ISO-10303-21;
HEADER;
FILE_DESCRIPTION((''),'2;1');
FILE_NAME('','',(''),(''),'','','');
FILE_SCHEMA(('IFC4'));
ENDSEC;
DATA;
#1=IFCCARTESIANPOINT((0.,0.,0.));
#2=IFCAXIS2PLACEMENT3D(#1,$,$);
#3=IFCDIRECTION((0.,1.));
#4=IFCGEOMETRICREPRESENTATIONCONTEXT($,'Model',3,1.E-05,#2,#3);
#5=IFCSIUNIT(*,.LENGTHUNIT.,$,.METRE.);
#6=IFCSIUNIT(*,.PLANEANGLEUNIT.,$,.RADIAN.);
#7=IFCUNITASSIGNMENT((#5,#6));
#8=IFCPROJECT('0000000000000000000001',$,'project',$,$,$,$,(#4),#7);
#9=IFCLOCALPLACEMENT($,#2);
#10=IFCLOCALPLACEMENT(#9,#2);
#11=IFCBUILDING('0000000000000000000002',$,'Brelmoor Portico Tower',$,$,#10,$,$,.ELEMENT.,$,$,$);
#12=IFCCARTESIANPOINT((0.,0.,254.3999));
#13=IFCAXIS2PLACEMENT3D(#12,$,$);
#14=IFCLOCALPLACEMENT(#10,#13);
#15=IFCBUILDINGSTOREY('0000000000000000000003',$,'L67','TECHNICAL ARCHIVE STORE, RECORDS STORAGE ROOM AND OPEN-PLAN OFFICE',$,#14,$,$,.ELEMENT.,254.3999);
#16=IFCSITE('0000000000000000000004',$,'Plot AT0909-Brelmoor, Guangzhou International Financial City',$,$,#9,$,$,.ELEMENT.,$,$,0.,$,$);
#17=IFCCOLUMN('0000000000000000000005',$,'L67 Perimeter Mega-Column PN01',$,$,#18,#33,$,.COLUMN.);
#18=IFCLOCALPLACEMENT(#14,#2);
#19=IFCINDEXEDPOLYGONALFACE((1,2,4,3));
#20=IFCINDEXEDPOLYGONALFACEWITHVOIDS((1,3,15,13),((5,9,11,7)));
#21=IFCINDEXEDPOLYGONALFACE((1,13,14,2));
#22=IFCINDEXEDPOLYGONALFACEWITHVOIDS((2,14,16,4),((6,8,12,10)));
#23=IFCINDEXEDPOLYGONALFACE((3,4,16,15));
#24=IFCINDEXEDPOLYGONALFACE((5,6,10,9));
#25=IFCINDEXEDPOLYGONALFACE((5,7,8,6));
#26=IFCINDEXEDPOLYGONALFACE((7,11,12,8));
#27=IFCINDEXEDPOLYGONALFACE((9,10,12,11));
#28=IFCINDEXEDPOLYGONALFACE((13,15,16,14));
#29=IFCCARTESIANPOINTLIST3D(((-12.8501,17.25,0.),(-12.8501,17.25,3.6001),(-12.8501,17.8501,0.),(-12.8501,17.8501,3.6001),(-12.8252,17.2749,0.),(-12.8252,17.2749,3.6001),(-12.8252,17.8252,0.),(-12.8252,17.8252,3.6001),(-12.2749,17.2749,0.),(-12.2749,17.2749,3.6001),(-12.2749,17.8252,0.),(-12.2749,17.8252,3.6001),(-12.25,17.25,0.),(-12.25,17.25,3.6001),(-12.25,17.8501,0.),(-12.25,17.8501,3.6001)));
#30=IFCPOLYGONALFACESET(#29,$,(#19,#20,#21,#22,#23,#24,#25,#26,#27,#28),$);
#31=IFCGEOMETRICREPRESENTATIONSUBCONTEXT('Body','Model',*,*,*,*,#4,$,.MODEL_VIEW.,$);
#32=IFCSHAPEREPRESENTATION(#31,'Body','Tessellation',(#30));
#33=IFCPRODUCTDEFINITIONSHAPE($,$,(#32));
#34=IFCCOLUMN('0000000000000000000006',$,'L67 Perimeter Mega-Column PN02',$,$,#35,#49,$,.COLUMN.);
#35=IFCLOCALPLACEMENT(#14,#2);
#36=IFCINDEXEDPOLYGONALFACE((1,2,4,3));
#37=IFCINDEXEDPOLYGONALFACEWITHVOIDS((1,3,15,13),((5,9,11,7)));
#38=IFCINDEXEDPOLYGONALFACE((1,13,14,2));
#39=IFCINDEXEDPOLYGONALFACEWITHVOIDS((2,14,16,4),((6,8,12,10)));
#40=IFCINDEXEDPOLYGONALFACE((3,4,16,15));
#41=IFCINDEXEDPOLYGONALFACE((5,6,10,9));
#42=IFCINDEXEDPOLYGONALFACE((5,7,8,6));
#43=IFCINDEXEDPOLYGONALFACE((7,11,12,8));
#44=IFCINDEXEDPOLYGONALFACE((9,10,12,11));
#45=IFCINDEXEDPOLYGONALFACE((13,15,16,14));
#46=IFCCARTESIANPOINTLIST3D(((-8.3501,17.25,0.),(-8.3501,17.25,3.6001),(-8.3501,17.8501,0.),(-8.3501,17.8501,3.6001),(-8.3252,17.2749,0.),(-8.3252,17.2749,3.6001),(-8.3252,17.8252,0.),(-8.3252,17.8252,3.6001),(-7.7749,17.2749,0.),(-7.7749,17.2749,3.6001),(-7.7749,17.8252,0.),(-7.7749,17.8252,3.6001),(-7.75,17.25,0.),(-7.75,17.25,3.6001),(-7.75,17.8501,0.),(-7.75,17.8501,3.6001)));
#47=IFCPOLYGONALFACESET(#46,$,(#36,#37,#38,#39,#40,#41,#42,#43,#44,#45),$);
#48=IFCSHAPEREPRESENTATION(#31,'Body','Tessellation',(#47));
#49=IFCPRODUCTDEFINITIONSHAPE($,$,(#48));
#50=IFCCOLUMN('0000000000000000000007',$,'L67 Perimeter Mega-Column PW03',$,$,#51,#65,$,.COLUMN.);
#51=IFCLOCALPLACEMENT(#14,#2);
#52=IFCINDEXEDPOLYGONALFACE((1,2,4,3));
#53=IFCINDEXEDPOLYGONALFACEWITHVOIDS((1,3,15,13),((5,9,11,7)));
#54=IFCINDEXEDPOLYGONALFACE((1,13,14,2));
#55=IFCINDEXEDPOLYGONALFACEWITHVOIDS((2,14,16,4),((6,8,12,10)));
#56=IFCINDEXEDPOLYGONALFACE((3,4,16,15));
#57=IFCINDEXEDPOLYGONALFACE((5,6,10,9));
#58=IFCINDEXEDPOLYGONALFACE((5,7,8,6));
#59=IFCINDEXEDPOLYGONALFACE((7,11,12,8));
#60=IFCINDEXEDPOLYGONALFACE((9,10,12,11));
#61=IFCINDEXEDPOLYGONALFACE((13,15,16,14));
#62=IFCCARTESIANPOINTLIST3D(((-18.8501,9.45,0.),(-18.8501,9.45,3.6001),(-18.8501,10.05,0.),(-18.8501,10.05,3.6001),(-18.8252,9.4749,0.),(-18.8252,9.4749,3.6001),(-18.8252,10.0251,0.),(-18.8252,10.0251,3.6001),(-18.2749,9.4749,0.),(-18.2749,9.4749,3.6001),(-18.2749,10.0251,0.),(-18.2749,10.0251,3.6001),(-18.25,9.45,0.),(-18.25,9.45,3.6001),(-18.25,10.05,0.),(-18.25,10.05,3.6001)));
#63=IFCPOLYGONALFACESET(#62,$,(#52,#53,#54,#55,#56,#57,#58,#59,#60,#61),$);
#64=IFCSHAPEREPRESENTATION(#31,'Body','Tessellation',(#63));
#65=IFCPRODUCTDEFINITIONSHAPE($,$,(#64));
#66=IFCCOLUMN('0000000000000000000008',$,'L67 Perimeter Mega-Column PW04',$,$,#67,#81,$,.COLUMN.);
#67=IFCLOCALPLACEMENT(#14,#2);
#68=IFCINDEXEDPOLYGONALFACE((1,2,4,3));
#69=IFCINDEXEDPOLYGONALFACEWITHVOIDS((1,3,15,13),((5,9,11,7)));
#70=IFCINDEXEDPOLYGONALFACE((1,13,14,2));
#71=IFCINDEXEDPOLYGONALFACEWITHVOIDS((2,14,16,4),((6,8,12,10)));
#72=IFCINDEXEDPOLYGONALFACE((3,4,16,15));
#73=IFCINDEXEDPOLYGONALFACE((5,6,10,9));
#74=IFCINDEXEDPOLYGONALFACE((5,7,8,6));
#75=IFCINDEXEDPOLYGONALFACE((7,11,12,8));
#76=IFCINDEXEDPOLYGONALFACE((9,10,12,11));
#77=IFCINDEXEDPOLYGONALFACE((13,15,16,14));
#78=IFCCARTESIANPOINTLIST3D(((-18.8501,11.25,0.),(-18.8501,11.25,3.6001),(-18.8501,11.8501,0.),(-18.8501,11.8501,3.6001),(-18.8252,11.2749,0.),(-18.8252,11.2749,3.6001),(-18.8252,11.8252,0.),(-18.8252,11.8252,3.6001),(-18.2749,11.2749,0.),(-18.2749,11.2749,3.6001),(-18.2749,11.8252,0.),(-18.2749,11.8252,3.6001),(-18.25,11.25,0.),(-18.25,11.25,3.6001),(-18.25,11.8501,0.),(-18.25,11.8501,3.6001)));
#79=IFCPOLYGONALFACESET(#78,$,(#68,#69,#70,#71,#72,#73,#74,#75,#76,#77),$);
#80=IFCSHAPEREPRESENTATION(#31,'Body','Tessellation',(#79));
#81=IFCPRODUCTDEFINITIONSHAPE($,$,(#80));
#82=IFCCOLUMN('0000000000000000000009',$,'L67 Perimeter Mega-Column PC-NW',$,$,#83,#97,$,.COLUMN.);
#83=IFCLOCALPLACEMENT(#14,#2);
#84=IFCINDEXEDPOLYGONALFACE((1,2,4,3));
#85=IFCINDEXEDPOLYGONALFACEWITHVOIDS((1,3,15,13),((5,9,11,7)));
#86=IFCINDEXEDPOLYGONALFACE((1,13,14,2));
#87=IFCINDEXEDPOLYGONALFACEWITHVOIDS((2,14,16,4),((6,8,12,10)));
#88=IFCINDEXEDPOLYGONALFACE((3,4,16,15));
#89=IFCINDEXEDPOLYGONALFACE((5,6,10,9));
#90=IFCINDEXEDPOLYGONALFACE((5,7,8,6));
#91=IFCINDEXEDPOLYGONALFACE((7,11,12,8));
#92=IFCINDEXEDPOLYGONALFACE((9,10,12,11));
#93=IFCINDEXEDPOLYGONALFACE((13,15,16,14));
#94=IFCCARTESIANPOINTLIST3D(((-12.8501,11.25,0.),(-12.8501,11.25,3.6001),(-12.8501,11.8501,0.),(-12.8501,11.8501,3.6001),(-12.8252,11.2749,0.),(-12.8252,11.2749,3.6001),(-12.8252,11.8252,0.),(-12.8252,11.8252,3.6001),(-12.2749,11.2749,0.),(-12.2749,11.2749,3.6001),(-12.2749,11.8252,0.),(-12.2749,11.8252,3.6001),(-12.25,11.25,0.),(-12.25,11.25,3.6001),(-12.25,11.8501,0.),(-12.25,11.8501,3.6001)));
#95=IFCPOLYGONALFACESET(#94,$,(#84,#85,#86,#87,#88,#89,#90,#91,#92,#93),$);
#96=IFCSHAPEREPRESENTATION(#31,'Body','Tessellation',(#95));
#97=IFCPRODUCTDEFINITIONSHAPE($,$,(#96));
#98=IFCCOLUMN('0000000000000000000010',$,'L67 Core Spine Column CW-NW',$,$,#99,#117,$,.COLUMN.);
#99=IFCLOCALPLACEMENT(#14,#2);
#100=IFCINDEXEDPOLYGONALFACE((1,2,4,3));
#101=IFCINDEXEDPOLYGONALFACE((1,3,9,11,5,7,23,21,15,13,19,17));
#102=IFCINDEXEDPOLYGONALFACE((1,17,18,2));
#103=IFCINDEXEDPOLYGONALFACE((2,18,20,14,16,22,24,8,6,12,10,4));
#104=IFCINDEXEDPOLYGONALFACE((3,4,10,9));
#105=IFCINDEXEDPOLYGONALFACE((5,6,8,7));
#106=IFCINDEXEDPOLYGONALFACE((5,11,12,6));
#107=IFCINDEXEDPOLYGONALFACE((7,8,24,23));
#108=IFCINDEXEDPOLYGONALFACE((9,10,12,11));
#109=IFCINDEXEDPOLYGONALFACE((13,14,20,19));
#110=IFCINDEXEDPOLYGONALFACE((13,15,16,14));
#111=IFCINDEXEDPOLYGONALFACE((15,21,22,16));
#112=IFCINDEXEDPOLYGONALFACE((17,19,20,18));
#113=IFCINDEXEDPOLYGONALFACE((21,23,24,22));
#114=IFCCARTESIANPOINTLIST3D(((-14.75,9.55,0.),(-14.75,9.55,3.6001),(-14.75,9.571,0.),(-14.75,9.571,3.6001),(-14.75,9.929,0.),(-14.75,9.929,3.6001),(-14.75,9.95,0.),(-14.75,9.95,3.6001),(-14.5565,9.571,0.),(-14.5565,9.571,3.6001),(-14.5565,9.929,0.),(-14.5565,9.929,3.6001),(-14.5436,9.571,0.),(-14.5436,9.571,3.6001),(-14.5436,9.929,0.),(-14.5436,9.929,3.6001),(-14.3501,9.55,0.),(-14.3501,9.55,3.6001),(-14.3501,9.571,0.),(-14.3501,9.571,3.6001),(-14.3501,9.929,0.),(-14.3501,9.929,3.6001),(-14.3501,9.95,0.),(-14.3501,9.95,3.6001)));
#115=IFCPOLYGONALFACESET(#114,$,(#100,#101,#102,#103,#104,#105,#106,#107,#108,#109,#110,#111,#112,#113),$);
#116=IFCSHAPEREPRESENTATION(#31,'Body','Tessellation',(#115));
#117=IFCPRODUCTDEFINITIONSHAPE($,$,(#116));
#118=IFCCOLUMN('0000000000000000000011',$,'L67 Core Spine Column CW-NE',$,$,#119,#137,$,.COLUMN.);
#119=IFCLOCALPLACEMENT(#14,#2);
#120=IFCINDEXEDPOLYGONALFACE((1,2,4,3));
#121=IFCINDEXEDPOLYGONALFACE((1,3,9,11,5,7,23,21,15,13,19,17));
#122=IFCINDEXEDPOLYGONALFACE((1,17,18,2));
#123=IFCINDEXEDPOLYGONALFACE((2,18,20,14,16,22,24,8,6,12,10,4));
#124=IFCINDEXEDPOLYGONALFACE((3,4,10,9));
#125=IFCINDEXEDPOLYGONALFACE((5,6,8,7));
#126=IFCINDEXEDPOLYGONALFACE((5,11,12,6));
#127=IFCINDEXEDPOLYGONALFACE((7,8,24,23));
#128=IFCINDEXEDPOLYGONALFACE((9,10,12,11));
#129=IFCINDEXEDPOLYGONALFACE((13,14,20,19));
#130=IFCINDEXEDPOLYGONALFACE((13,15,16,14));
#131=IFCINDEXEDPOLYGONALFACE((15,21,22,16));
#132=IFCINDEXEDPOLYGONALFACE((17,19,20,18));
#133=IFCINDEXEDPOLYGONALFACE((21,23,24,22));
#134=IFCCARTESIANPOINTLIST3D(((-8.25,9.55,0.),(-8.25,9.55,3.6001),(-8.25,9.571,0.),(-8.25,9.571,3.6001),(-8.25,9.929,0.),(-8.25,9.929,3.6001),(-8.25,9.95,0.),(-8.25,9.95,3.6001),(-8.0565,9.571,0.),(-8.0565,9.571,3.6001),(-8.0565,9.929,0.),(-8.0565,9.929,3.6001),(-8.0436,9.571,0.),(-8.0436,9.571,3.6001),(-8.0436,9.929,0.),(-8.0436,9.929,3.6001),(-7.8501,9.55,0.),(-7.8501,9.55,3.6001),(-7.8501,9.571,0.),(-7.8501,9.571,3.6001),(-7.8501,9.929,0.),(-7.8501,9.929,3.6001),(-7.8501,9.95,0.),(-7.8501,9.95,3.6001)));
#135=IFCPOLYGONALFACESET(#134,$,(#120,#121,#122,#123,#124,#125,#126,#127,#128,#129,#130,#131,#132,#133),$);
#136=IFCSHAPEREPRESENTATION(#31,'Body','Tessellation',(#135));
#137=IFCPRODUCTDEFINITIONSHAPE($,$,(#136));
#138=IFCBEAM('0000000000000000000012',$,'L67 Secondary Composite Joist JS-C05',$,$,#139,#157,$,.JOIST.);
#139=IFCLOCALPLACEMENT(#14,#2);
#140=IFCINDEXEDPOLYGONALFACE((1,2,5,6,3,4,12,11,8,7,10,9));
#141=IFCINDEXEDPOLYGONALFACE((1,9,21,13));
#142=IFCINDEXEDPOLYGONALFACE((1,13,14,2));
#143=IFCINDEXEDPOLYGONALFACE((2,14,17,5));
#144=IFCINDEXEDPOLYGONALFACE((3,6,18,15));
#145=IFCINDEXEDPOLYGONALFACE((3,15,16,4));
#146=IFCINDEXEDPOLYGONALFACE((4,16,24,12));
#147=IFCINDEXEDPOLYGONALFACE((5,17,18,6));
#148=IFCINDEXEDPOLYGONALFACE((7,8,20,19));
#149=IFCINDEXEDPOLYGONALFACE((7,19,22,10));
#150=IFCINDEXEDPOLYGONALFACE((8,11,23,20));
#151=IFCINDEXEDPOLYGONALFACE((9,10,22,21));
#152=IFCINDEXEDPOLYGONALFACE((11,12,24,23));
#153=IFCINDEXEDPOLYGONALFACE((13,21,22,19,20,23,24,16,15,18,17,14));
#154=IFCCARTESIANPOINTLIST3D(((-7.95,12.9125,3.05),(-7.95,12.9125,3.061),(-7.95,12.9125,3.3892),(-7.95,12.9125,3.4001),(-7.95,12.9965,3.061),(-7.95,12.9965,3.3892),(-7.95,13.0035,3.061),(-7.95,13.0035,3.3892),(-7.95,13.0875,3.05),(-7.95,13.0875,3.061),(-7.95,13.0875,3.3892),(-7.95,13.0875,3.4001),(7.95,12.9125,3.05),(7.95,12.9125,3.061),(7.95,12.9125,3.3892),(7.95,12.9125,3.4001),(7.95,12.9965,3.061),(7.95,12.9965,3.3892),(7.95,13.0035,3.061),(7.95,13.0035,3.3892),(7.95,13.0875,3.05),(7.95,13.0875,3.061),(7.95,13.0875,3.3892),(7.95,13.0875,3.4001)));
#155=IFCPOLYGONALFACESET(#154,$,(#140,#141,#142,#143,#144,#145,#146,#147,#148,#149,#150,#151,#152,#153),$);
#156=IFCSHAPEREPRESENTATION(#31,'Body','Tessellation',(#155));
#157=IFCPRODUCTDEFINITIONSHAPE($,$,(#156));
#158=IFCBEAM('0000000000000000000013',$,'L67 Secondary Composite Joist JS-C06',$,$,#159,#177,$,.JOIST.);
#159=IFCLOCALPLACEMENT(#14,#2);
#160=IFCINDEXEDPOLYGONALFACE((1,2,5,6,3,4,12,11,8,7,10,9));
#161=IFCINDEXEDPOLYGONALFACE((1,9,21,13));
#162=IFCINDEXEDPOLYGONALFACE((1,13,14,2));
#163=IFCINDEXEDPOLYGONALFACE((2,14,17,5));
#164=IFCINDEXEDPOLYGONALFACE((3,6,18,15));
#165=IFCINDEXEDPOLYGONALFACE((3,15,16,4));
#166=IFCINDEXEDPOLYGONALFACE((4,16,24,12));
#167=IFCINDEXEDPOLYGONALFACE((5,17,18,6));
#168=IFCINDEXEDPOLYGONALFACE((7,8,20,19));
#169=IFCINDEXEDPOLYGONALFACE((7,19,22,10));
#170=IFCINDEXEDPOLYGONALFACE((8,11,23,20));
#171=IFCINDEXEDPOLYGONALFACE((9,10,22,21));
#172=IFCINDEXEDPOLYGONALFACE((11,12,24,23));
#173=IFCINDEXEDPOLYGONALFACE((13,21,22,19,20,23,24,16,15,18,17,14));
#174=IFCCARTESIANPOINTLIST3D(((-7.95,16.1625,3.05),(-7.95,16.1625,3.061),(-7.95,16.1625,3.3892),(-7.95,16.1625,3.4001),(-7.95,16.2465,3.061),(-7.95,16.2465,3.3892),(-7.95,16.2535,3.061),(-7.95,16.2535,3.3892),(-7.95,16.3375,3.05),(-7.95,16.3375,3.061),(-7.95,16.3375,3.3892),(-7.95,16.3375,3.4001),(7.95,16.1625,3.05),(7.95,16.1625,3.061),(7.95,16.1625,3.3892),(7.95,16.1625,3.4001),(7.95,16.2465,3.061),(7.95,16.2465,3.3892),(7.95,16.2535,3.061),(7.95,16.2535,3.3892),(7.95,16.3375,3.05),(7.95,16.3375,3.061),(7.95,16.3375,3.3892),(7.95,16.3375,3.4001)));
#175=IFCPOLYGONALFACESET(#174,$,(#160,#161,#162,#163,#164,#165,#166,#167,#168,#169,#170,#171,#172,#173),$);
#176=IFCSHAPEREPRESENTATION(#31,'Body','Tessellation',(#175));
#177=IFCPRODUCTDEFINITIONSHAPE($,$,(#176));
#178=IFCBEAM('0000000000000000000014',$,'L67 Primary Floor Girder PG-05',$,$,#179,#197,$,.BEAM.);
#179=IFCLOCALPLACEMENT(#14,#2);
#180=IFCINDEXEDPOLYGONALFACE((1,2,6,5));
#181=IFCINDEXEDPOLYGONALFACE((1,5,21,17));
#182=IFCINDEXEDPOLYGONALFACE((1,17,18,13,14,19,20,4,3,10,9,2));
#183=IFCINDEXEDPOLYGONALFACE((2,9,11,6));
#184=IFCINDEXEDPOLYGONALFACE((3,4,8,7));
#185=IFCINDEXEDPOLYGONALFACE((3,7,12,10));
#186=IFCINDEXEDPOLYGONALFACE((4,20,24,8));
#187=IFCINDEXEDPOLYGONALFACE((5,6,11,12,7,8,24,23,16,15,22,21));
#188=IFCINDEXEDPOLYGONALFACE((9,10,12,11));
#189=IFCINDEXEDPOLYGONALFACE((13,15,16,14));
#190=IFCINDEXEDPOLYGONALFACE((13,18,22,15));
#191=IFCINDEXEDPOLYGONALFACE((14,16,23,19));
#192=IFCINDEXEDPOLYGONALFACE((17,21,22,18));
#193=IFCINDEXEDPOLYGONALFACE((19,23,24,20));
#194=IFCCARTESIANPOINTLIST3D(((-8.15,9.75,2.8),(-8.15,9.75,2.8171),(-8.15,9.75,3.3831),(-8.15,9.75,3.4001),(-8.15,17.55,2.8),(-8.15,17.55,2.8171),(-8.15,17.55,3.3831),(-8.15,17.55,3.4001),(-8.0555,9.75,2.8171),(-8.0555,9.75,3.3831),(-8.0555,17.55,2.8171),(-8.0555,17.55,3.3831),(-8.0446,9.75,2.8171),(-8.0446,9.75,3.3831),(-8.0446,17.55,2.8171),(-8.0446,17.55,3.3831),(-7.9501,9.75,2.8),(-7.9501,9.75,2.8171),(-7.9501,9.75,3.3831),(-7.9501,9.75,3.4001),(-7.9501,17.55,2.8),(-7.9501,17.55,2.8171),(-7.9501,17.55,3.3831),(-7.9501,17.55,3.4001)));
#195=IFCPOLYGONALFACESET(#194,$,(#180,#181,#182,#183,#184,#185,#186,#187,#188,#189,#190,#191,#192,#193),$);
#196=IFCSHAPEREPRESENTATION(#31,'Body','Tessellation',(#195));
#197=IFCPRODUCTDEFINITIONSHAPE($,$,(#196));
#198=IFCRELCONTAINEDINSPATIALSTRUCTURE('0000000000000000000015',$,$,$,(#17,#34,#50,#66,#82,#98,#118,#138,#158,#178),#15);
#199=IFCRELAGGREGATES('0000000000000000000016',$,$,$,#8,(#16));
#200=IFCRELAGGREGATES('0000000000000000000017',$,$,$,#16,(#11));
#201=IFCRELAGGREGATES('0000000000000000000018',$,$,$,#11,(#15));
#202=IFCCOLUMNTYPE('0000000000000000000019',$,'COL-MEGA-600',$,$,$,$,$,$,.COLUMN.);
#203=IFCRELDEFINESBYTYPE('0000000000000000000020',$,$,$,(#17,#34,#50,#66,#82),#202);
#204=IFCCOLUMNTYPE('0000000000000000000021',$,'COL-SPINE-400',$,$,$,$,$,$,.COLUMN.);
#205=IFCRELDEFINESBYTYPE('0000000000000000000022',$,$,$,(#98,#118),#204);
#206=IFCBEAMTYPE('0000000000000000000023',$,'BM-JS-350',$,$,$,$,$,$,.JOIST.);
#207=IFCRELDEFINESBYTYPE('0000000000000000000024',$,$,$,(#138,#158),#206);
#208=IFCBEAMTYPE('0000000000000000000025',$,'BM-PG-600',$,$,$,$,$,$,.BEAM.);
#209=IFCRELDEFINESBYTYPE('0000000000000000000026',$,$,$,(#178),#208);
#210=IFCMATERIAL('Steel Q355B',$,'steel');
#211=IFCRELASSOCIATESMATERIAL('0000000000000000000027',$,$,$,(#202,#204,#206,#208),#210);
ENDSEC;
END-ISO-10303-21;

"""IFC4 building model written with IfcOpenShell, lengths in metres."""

from ifc_helpers import new_model, si_unit, direction, frame, origin, origin_2d, place, context, subcontext, project, spatial, hollow_rectangle, i_section, extrude, material, material_profile, profile_set, type_object, element, save


model = new_model("IFC4")

# Units and contexts
model_context = context("Model", 3, precision=1e-05, world=origin(), true_north=direction((0.0, 1.0)))
body_context = subcontext(model_context, "Body", "Model", "MODEL_VIEW")
ifc_project = project(units=[si_unit("LENGTHUNIT", "METRE"), si_unit("PLANEANGLEUNIT", "RADIAN")], contexts=[model_context])

# Site, building, storey
site_placement = place(None, origin())
site = spatial("IfcSite", under=ifc_project, at=site_placement, Name="Plot AT0909-Brelmoor, Guangzhou International Financial City", CompositionType="ELEMENT", RefElevation=0.0)
building_placement = place(site_placement, origin())
building = spatial("IfcBuilding", under=site, at=building_placement, Name="Brelmoor Portico Tower", CompositionType="ELEMENT")
storey_placement = place(building_placement, frame((0.0, 0.0, 254.3999)))
storey = spatial("IfcBuildingStorey", under=building, at=storey_placement, Name="L67", Description="TECHNICAL ARCHIVE STORE, RECORDS STORAGE ROOM AND OPEN-PLAN OFFICE", CompositionType="ELEMENT", Elevation=254.3999)

# Columns
ifc_material_1 = material(Name="Steel Q355B", Category="steel")
ifc_material_profile_1 = material_profile(ifc_material_1, hollow_rectangle(XDim=0.6001, YDim=0.6001, WallThickness=0.0249, at=origin_2d()), Name="BOX 600x600x25")
ifc_profile_set_1 = profile_set([ifc_material_profile_1], Name="Steel Q355B")
column_type_1 = type_object("IfcColumnType", Name="COL-MEGA-600", PredefinedType="COLUMN", material=ifc_profile_set_1)
for number, where, z_axis, x_axis, name in (
    (1, (-12.55, 17.55, 0.0), (0.0, 0.0, 1.0), (1.0, 0.0, 0.0), "L67 Perimeter Mega-Column PN01"),
    (2, (-8.05, 17.55, 0.0), (0.0, 0.0, 1.0), (1.0, 0.0, 0.0), "L67 Perimeter Mega-Column PN02"),
    (3, (-18.55, 9.75, 0.0), (0.0, 0.0, 1.0), (0.0, 1.0, 0.0), "L67 Perimeter Mega-Column PW03"),
    (4, (-18.55, 11.55, 0.0), (0.0, 0.0, 1.0), (0.0, 1.0, 0.0), "L67 Perimeter Mega-Column PW04"),
    (5, (-12.55, 11.55, 0.0), (0.0, 0.0, 1.0), (1.0, 0.0, 0.0), "L67 Perimeter Mega-Column PC-NW"),
):
    element("IfcColumn", number, at=place(storey_placement, frame(where, z_axis=z_axis, x_axis=x_axis)), inside=storey, type_object=column_type_1, Name=name, PredefinedType="COLUMN", context=body_context, shape_type="SweptSolid", body=[
        extrude(hollow_rectangle(XDim=0.6001, YDim=0.6001, WallThickness=0.0249, at=origin_2d()), origin(), (0.0, 0.0, 1.0), 3.6001),
    ])
ifc_material_profile_2 = material_profile(ifc_material_1, i_section(OverallWidth=0.3999, OverallDepth=0.3999, WebThickness=0.0129, FlangeThickness=0.021, at=origin_2d()), Name="HW 400x400x13x21")
ifc_profile_set_2 = profile_set([ifc_material_profile_2], Name="Steel Q355B")
column_type_2 = type_object("IfcColumnType", Name="COL-SPINE-400", PredefinedType="COLUMN", material=ifc_profile_set_2)
for number, where, z_axis, x_axis, name in (
    (6, (-14.55, 9.75, 0.0), (0.0, 0.0, 1.0), (1.0, 0.0, 0.0), "L67 Core Spine Column CW-NW"),
    (7, (-8.05, 9.75, 0.0), (0.0, 0.0, 1.0), (1.0, 0.0, 0.0), "L67 Core Spine Column CW-NE"),
):
    element("IfcColumn", number, at=place(storey_placement, frame(where, z_axis=z_axis, x_axis=x_axis)), inside=storey, type_object=column_type_2, Name=name, PredefinedType="COLUMN", context=body_context, shape_type="SweptSolid", body=[
        extrude(i_section(OverallWidth=0.3999, OverallDepth=0.3999, WebThickness=0.0129, FlangeThickness=0.021, at=origin_2d()), origin(), (0.0, 0.0, 1.0), 3.6001),
    ])

# Beams
ifc_material_profile_3 = material_profile(ifc_material_1, i_section(OverallWidth=0.175, OverallDepth=0.3501, WebThickness=0.0071, FlangeThickness=0.011, at=origin_2d()), Name="HN 350x175x7x11")
ifc_profile_set_3 = profile_set([ifc_material_profile_3], Name="Steel Q355B")
beam_type_1 = type_object("IfcBeamType", Name="BM-JS-350", PredefinedType="JOIST", material=ifc_profile_set_3)
for number, where, z_axis, x_axis, name in (
    (8, (-7.95, 13.0, 3.2251), (1.0, 0.0, 0.0), (0.0, 1.0, 0.0), "L67 Secondary Composite Joist JS-C05"),
    (9, (-7.95, 16.25, 3.2251), (1.0, 0.0, 0.0), (0.0, 1.0, 0.0), "L67 Secondary Composite Joist JS-C06"),
):
    element("IfcBeam", number, at=place(storey_placement, frame(where, z_axis=z_axis, x_axis=x_axis)), inside=storey, type_object=beam_type_1, Name=name, PredefinedType="JOIST", context=body_context, shape_type="SweptSolid", body=[
        extrude(i_section(OverallWidth=0.175, OverallDepth=0.3501, WebThickness=0.0071, FlangeThickness=0.011, at=origin_2d()), origin(), (0.0, 0.0, 1.0), 15.8999),
    ])
ifc_material_profile_4 = material_profile(ifc_material_1, i_section(OverallWidth=0.2, OverallDepth=0.6001, WebThickness=0.011, FlangeThickness=0.0171, at=origin_2d()), Name="HN 600x200x11x17")
ifc_profile_set_4 = profile_set([ifc_material_profile_4], Name="Steel Q355B")
beam_type_2 = type_object("IfcBeamType", Name="BM-PG-600", PredefinedType="BEAM", material=ifc_profile_set_4)
beam_1_placement = place(storey_placement, frame((-8.05, 9.75, 3.1001), z_axis=(0.0, 1.0, 0.0), x_axis=(-1.0, 0.0, 0.0)))
element("IfcBeam", 10, at=beam_1_placement, inside=storey, type_object=beam_type_2, Name="L67 Primary Floor Girder PG-05", PredefinedType="BEAM", context=body_context, shape_type="SweptSolid", body=[
    extrude(i_section(OverallWidth=0.2, OverallDepth=0.6001, WebThickness=0.011, FlangeThickness=0.0171, at=origin_2d()), origin(), (0.0, 0.0, 1.0), 7.8),
])

save(model, "model.ifc")
